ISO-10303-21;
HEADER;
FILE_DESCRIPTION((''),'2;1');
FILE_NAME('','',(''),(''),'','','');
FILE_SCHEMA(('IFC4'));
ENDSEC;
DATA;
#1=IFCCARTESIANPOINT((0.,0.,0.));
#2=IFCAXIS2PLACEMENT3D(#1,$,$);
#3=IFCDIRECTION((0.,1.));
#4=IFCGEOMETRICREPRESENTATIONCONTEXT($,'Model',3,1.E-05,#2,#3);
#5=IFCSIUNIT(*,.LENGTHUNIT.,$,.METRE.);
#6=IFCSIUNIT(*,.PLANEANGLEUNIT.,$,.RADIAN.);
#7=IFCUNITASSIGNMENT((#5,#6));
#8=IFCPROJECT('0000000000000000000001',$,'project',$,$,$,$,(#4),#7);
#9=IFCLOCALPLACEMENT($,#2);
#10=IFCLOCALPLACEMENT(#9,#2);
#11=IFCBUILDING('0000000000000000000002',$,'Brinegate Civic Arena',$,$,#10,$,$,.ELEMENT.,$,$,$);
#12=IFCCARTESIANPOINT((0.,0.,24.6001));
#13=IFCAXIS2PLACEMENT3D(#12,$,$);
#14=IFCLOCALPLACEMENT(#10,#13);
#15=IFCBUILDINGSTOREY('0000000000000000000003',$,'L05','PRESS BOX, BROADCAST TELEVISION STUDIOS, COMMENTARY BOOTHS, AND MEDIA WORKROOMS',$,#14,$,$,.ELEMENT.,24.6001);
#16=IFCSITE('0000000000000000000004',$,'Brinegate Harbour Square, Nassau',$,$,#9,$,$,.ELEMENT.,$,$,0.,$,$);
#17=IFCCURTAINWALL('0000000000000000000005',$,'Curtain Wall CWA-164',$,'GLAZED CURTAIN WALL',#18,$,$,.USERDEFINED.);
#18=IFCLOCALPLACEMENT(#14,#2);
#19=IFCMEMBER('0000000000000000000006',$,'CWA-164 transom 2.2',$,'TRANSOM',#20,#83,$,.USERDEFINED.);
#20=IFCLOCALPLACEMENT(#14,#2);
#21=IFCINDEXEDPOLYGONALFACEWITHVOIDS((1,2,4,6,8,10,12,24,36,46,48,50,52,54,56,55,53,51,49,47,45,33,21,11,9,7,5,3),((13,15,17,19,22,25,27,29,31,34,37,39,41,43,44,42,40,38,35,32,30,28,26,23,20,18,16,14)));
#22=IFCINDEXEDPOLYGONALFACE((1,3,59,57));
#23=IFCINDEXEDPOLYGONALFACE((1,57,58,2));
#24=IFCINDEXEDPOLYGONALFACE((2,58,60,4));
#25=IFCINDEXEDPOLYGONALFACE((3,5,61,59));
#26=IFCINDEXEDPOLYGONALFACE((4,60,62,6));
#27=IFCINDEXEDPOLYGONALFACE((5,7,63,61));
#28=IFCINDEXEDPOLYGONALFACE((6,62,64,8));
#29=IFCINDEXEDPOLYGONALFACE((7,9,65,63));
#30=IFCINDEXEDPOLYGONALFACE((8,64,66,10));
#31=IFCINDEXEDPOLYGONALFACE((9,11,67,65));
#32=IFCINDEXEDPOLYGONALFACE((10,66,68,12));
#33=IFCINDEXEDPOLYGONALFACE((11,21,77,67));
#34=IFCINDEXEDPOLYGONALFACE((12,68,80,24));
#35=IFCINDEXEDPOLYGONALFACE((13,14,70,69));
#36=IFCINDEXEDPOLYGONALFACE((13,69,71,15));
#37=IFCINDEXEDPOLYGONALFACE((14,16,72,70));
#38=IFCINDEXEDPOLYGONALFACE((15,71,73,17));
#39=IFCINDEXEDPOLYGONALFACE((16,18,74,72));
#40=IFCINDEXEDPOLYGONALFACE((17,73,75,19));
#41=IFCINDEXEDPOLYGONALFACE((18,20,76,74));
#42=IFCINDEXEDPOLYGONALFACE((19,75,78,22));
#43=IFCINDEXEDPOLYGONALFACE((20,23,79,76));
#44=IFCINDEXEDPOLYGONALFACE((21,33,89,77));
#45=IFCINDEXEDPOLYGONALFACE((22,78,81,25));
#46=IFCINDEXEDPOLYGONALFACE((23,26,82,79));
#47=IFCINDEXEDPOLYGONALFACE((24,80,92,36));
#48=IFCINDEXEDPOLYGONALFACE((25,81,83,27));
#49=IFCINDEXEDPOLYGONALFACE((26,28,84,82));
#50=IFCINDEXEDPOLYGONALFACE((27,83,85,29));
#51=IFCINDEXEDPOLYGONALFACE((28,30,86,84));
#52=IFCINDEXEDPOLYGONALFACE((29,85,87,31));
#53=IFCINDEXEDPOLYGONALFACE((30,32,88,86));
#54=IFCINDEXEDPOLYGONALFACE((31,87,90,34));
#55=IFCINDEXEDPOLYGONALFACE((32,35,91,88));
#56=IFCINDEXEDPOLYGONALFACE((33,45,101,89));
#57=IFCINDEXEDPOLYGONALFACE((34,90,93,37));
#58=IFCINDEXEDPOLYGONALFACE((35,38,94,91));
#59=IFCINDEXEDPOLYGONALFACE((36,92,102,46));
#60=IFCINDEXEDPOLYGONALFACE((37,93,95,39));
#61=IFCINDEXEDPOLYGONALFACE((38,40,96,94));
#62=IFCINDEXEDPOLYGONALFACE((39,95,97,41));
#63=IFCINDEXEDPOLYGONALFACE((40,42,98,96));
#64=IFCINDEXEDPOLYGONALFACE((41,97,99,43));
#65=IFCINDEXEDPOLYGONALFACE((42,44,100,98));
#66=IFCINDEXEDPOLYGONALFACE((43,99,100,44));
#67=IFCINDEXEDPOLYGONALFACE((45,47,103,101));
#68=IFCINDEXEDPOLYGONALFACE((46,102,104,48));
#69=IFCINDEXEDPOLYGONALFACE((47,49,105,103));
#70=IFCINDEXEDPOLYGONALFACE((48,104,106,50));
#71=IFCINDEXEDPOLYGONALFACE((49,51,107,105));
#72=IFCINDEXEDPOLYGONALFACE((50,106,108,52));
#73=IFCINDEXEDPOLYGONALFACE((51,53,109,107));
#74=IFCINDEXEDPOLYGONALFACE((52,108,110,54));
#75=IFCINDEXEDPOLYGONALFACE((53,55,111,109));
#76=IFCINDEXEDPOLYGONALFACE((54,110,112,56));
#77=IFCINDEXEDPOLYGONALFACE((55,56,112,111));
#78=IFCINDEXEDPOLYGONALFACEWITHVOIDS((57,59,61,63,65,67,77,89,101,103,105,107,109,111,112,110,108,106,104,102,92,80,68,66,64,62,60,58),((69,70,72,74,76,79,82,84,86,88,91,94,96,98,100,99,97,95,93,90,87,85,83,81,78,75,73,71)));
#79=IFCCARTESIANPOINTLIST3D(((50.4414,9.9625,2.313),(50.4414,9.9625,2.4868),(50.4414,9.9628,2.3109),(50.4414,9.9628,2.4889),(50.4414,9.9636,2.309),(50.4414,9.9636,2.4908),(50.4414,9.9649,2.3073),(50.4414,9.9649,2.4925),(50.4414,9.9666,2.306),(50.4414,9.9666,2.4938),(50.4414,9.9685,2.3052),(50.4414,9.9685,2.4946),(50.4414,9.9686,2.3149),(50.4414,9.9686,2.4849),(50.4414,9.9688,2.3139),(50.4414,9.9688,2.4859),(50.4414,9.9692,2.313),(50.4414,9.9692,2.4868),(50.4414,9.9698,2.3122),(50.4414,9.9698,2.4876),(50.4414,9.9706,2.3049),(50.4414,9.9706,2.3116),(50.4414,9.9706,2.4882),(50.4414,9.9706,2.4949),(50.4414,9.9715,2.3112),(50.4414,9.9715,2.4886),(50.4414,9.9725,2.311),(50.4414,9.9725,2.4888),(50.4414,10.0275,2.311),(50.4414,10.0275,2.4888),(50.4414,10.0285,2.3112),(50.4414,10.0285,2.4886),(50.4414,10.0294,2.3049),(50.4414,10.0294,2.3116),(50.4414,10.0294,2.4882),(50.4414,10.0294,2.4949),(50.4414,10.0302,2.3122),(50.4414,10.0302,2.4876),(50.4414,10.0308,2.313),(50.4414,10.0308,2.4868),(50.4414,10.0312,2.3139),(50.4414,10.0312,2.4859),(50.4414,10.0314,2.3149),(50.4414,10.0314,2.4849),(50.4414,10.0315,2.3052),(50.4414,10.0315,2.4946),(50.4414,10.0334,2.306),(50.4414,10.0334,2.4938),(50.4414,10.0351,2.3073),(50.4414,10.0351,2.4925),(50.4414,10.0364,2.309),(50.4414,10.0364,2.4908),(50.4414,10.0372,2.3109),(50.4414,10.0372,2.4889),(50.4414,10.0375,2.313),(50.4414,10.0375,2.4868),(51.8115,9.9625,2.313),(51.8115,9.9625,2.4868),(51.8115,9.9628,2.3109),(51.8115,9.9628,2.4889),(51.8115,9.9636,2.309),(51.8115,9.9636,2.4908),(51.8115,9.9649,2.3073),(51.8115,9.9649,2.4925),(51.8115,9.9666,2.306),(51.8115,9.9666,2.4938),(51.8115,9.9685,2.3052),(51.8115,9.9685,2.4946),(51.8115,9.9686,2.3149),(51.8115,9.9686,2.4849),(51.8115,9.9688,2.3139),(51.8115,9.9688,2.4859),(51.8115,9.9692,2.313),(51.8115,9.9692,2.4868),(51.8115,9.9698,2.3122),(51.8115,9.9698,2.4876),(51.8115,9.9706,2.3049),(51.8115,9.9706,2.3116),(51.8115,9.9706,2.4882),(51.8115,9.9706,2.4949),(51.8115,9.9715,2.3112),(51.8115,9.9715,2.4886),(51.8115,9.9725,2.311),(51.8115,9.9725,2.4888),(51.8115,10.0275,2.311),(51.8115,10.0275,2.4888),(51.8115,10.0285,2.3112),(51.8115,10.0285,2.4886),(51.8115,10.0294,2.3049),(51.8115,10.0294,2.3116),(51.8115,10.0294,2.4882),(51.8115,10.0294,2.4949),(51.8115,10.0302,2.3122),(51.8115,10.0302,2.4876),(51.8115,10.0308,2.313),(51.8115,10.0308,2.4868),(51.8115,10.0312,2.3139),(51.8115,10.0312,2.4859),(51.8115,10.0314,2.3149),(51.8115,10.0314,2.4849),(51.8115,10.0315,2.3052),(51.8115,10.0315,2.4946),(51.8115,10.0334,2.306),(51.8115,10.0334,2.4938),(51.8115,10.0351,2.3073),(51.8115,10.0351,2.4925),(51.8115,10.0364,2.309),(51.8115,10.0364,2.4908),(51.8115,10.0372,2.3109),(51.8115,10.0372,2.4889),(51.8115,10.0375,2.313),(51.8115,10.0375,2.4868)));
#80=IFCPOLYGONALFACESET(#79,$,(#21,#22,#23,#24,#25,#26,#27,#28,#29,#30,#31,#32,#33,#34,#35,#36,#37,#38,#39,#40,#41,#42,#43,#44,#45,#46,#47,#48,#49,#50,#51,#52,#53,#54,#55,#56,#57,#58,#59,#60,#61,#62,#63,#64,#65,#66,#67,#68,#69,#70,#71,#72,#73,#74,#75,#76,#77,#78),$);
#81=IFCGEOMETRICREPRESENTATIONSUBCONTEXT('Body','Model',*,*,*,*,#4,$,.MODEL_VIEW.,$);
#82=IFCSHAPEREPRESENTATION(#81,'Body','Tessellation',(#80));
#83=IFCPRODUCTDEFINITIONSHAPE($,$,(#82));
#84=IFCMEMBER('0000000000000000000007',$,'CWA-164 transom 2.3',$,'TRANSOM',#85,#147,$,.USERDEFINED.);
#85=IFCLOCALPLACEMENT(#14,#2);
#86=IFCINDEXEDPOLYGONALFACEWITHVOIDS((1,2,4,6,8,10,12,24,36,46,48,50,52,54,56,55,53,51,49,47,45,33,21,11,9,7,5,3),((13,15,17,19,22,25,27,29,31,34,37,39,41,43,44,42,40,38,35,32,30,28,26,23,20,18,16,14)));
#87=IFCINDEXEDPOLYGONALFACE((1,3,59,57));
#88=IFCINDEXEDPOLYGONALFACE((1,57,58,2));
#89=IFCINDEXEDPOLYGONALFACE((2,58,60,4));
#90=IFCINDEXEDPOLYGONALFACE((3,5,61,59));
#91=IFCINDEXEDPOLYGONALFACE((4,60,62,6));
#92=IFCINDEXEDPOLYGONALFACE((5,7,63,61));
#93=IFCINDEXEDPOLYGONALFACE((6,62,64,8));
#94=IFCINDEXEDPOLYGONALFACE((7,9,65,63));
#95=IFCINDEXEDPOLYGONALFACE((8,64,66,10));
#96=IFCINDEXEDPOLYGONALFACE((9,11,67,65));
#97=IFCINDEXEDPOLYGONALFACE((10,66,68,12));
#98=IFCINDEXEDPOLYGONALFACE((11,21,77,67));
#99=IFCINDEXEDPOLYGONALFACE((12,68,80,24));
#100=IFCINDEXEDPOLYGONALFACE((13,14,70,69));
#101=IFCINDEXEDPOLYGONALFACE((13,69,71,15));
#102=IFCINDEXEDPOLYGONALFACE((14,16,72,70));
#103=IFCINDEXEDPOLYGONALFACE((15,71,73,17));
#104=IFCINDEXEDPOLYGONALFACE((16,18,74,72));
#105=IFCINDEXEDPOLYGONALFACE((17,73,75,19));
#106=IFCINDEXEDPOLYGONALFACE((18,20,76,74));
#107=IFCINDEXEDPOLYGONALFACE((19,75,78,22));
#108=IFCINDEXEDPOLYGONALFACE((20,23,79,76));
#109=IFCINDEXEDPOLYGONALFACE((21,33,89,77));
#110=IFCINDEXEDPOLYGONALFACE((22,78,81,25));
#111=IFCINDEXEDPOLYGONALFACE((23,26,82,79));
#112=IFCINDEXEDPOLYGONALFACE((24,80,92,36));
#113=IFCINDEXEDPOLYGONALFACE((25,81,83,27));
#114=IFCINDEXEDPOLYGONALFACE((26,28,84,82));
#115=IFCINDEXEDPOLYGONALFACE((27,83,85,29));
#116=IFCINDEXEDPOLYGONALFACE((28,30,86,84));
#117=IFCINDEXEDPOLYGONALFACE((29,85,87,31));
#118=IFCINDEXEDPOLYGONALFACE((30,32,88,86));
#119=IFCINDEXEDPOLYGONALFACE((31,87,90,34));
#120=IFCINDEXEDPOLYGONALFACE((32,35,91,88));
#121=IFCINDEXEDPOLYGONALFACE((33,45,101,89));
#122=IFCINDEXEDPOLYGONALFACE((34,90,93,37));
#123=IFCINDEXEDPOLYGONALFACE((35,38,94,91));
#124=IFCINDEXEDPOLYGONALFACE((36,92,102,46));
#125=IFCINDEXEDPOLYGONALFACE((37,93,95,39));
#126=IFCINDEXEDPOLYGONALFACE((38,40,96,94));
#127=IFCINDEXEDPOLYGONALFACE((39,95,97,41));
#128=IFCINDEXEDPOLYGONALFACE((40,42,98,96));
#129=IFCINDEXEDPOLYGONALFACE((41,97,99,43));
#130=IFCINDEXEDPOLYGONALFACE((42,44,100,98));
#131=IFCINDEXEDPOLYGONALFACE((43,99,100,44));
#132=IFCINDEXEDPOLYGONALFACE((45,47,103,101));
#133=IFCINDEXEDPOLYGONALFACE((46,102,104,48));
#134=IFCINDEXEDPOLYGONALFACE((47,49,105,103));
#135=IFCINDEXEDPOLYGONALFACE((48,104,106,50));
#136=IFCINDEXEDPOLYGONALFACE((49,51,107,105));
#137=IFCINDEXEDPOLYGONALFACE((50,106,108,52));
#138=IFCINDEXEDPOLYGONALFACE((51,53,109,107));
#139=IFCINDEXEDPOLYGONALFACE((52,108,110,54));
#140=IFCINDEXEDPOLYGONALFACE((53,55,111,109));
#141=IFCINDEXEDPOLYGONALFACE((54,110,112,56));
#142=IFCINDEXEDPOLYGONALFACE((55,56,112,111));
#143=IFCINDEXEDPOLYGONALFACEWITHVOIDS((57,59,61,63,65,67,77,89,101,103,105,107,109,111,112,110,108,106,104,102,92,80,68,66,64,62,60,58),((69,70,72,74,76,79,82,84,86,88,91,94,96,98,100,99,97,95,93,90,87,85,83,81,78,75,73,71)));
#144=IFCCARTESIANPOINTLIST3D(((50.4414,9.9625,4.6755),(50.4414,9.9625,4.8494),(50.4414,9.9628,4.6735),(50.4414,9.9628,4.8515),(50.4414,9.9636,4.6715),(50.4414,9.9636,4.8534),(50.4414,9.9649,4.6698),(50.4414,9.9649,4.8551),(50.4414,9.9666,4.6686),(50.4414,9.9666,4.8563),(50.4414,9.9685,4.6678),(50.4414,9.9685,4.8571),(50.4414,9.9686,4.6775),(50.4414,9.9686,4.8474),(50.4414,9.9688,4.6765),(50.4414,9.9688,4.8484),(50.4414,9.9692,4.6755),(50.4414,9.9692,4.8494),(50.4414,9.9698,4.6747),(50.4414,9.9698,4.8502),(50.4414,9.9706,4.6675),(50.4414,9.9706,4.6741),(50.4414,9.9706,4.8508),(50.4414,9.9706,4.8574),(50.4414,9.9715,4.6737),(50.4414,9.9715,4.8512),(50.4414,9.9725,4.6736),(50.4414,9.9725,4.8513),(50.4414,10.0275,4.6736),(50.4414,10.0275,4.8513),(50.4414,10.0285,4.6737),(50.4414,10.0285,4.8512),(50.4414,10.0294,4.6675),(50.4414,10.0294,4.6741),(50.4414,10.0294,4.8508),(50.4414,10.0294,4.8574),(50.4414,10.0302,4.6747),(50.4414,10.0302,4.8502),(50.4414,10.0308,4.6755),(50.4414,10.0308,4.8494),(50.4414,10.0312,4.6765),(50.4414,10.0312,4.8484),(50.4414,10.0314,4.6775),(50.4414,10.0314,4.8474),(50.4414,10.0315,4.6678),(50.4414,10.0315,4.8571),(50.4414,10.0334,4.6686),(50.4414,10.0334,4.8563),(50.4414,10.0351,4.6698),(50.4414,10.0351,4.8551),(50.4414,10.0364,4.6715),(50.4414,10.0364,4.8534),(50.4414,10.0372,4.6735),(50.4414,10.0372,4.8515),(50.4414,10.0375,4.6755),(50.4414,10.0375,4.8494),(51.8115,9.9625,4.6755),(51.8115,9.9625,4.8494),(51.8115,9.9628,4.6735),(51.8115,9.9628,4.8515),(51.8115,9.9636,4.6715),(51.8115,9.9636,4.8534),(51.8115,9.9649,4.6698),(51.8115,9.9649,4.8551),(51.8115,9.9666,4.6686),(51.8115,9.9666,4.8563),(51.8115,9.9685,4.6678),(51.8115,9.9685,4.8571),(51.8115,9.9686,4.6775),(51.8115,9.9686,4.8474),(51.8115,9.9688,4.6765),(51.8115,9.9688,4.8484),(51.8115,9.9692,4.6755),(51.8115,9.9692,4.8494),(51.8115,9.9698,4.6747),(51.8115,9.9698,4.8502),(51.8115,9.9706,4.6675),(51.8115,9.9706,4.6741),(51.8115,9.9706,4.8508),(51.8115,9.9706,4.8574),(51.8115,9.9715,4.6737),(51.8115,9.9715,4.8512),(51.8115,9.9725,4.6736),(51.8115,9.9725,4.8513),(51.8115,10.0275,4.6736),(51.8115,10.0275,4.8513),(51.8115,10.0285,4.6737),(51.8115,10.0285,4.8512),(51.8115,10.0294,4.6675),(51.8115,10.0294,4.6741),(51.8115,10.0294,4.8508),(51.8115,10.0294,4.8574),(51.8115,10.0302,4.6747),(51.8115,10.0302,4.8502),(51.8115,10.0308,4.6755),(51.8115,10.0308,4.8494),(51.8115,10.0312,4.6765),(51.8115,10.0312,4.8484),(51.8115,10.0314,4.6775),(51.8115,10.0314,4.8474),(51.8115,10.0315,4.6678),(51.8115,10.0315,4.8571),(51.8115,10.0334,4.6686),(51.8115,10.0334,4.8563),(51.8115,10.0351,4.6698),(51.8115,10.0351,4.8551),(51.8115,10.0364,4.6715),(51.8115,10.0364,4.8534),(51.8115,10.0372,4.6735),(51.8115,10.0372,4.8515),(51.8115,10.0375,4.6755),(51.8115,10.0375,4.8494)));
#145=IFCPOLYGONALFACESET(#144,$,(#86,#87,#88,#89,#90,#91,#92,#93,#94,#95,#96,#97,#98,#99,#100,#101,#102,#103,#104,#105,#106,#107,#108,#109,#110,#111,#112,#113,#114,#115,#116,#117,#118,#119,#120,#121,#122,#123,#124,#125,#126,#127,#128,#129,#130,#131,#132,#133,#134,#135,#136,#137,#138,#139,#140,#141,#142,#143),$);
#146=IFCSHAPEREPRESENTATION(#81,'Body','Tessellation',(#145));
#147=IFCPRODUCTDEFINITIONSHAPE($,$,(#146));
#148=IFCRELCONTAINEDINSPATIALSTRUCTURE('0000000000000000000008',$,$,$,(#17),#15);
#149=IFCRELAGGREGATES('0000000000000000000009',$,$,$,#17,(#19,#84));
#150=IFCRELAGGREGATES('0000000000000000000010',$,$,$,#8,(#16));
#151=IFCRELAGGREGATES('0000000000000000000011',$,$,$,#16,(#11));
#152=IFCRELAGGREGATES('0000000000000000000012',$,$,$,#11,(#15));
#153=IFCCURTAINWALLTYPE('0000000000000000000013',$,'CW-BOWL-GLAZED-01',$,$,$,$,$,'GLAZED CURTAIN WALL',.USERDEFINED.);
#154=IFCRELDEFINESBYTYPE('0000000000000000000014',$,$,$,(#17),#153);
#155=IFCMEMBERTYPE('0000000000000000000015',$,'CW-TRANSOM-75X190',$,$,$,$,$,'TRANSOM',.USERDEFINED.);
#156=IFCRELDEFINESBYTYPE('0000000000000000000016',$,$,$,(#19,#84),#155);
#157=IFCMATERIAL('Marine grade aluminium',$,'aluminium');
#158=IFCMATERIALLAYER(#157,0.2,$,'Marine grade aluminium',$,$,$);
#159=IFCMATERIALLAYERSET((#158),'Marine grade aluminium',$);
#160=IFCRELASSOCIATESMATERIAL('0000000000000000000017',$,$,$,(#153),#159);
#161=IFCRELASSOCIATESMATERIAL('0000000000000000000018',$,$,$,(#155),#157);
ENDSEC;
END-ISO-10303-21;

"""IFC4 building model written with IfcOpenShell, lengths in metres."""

from ifc_helpers import new_model, si_unit, direction, frame, origin, origin_2d, place, context, subcontext, project, spatial, hollow_rectangle, extrude, material, layer, layer_set, material_profile, profile_set, type_object, element, aggregate, save


model = new_model("IFC4")

# Units and contexts
model_context = context("Model", 3, precision=1e-05, world=origin(), true_north=direction((0.0, 1.0)))
body_context = subcontext(model_context, "Body", "Model", "MODEL_VIEW")
ifc_project = project(units=[si_unit("LENGTHUNIT", "METRE"), si_unit("PLANEANGLEUNIT", "RADIAN")], contexts=[model_context])

# Site, building, storey
site_placement = place(None, origin())
site = spatial("IfcSite", under=ifc_project, at=site_placement, Name="Brinegate Harbour Square, Nassau", CompositionType="ELEMENT", RefElevation=0.0)
building_placement = place(site_placement, origin())
building = spatial("IfcBuilding", under=site, at=building_placement, Name="Brinegate Civic Arena", CompositionType="ELEMENT")
storey_placement = place(building_placement, frame((0.0, 0.0, 24.6001)))
storey = spatial("IfcBuildingStorey", under=building, at=storey_placement, Name="L05", Description="PRESS BOX, BROADCAST TELEVISION STUDIOS, COMMENTARY BOOTHS, AND MEDIA WORKROOMS", CompositionType="ELEMENT", Elevation=24.6001)

# Curtain wall, members
ifc_material_1 = material(Name="Marine grade aluminium", Category="aluminium")
ifc_layer_1 = layer(ifc_material_1, 0.2, Name="Marine grade aluminium")
ifc_layer_set_1 = layer_set([ifc_layer_1], Name="Marine grade aluminium")
curtain_wall_type = type_object("IfcCurtainWallType", Name="CW-BOWL-GLAZED-01", ElementType="GLAZED CURTAIN WALL", PredefinedType="USERDEFINED", material=ifc_layer_set_1)
curtain_wall_placement = place(storey_placement, origin())
curtain_wall = element("IfcCurtainWall", 1, at=curtain_wall_placement, inside=storey, type_object=curtain_wall_type, Name="Curtain Wall CWA-164", ObjectType="GLAZED CURTAIN WALL", PredefinedType="USERDEFINED")
ifc_material_profile_1 = material_profile(ifc_material_1, hollow_rectangle(XDim=0.075, YDim=0.1899, WallThickness=0.0061, InnerFilletRadius=0.0039, OuterFilletRadius=0.0081, at=origin_2d()), Name="TRN75X190")
ifc_profile_set_1 = profile_set([ifc_material_profile_1], Name="Marine grade aluminium")
member_type_1 = type_object("IfcMemberType", Name="CW-TRANSOM-75X190", ElementType="TRANSOM", PredefinedType="USERDEFINED", material=ifc_profile_set_1)
member_1_placement = place(storey_placement, frame((50.4414, 10.0, 2.3999), z_axis=(1.0, 0.0, 0.0), x_axis=(0.0, 1.0, 0.0)))
member_1 = element("IfcMember", 2, at=member_1_placement, type_object=member_type_1, Name="CWA-164 transom 2.2", ObjectType="TRANSOM", PredefinedType="USERDEFINED", context=body_context, shape_type="SweptSolid", body=[
    extrude(hollow_rectangle(XDim=0.075, YDim=0.1899, WallThickness=0.0061, InnerFilletRadius=0.0039, OuterFilletRadius=0.0081, at=origin_2d()), origin(), (0.0, 0.0, 1.0), 1.3701),
])
member_2_placement = place(storey_placement, frame((50.4414, 10.0, 4.7625), z_axis=(1.0, 0.0, 0.0), x_axis=(0.0, 1.0, 0.0)))
member_2 = element("IfcMember", 3, at=member_2_placement, type_object=member_type_1, Name="CWA-164 transom 2.3", ObjectType="TRANSOM", PredefinedType="USERDEFINED", context=body_context, shape_type="SweptSolid", body=[
    extrude(hollow_rectangle(XDim=0.075, YDim=0.1899, WallThickness=0.0061, InnerFilletRadius=0.0039, OuterFilletRadius=0.0081, at=origin_2d()), origin(), (0.0, 0.0, 1.0), 1.3701),
])

aggregate(curtain_wall, [member_1, member_2])

save(model, "model.ifc")
